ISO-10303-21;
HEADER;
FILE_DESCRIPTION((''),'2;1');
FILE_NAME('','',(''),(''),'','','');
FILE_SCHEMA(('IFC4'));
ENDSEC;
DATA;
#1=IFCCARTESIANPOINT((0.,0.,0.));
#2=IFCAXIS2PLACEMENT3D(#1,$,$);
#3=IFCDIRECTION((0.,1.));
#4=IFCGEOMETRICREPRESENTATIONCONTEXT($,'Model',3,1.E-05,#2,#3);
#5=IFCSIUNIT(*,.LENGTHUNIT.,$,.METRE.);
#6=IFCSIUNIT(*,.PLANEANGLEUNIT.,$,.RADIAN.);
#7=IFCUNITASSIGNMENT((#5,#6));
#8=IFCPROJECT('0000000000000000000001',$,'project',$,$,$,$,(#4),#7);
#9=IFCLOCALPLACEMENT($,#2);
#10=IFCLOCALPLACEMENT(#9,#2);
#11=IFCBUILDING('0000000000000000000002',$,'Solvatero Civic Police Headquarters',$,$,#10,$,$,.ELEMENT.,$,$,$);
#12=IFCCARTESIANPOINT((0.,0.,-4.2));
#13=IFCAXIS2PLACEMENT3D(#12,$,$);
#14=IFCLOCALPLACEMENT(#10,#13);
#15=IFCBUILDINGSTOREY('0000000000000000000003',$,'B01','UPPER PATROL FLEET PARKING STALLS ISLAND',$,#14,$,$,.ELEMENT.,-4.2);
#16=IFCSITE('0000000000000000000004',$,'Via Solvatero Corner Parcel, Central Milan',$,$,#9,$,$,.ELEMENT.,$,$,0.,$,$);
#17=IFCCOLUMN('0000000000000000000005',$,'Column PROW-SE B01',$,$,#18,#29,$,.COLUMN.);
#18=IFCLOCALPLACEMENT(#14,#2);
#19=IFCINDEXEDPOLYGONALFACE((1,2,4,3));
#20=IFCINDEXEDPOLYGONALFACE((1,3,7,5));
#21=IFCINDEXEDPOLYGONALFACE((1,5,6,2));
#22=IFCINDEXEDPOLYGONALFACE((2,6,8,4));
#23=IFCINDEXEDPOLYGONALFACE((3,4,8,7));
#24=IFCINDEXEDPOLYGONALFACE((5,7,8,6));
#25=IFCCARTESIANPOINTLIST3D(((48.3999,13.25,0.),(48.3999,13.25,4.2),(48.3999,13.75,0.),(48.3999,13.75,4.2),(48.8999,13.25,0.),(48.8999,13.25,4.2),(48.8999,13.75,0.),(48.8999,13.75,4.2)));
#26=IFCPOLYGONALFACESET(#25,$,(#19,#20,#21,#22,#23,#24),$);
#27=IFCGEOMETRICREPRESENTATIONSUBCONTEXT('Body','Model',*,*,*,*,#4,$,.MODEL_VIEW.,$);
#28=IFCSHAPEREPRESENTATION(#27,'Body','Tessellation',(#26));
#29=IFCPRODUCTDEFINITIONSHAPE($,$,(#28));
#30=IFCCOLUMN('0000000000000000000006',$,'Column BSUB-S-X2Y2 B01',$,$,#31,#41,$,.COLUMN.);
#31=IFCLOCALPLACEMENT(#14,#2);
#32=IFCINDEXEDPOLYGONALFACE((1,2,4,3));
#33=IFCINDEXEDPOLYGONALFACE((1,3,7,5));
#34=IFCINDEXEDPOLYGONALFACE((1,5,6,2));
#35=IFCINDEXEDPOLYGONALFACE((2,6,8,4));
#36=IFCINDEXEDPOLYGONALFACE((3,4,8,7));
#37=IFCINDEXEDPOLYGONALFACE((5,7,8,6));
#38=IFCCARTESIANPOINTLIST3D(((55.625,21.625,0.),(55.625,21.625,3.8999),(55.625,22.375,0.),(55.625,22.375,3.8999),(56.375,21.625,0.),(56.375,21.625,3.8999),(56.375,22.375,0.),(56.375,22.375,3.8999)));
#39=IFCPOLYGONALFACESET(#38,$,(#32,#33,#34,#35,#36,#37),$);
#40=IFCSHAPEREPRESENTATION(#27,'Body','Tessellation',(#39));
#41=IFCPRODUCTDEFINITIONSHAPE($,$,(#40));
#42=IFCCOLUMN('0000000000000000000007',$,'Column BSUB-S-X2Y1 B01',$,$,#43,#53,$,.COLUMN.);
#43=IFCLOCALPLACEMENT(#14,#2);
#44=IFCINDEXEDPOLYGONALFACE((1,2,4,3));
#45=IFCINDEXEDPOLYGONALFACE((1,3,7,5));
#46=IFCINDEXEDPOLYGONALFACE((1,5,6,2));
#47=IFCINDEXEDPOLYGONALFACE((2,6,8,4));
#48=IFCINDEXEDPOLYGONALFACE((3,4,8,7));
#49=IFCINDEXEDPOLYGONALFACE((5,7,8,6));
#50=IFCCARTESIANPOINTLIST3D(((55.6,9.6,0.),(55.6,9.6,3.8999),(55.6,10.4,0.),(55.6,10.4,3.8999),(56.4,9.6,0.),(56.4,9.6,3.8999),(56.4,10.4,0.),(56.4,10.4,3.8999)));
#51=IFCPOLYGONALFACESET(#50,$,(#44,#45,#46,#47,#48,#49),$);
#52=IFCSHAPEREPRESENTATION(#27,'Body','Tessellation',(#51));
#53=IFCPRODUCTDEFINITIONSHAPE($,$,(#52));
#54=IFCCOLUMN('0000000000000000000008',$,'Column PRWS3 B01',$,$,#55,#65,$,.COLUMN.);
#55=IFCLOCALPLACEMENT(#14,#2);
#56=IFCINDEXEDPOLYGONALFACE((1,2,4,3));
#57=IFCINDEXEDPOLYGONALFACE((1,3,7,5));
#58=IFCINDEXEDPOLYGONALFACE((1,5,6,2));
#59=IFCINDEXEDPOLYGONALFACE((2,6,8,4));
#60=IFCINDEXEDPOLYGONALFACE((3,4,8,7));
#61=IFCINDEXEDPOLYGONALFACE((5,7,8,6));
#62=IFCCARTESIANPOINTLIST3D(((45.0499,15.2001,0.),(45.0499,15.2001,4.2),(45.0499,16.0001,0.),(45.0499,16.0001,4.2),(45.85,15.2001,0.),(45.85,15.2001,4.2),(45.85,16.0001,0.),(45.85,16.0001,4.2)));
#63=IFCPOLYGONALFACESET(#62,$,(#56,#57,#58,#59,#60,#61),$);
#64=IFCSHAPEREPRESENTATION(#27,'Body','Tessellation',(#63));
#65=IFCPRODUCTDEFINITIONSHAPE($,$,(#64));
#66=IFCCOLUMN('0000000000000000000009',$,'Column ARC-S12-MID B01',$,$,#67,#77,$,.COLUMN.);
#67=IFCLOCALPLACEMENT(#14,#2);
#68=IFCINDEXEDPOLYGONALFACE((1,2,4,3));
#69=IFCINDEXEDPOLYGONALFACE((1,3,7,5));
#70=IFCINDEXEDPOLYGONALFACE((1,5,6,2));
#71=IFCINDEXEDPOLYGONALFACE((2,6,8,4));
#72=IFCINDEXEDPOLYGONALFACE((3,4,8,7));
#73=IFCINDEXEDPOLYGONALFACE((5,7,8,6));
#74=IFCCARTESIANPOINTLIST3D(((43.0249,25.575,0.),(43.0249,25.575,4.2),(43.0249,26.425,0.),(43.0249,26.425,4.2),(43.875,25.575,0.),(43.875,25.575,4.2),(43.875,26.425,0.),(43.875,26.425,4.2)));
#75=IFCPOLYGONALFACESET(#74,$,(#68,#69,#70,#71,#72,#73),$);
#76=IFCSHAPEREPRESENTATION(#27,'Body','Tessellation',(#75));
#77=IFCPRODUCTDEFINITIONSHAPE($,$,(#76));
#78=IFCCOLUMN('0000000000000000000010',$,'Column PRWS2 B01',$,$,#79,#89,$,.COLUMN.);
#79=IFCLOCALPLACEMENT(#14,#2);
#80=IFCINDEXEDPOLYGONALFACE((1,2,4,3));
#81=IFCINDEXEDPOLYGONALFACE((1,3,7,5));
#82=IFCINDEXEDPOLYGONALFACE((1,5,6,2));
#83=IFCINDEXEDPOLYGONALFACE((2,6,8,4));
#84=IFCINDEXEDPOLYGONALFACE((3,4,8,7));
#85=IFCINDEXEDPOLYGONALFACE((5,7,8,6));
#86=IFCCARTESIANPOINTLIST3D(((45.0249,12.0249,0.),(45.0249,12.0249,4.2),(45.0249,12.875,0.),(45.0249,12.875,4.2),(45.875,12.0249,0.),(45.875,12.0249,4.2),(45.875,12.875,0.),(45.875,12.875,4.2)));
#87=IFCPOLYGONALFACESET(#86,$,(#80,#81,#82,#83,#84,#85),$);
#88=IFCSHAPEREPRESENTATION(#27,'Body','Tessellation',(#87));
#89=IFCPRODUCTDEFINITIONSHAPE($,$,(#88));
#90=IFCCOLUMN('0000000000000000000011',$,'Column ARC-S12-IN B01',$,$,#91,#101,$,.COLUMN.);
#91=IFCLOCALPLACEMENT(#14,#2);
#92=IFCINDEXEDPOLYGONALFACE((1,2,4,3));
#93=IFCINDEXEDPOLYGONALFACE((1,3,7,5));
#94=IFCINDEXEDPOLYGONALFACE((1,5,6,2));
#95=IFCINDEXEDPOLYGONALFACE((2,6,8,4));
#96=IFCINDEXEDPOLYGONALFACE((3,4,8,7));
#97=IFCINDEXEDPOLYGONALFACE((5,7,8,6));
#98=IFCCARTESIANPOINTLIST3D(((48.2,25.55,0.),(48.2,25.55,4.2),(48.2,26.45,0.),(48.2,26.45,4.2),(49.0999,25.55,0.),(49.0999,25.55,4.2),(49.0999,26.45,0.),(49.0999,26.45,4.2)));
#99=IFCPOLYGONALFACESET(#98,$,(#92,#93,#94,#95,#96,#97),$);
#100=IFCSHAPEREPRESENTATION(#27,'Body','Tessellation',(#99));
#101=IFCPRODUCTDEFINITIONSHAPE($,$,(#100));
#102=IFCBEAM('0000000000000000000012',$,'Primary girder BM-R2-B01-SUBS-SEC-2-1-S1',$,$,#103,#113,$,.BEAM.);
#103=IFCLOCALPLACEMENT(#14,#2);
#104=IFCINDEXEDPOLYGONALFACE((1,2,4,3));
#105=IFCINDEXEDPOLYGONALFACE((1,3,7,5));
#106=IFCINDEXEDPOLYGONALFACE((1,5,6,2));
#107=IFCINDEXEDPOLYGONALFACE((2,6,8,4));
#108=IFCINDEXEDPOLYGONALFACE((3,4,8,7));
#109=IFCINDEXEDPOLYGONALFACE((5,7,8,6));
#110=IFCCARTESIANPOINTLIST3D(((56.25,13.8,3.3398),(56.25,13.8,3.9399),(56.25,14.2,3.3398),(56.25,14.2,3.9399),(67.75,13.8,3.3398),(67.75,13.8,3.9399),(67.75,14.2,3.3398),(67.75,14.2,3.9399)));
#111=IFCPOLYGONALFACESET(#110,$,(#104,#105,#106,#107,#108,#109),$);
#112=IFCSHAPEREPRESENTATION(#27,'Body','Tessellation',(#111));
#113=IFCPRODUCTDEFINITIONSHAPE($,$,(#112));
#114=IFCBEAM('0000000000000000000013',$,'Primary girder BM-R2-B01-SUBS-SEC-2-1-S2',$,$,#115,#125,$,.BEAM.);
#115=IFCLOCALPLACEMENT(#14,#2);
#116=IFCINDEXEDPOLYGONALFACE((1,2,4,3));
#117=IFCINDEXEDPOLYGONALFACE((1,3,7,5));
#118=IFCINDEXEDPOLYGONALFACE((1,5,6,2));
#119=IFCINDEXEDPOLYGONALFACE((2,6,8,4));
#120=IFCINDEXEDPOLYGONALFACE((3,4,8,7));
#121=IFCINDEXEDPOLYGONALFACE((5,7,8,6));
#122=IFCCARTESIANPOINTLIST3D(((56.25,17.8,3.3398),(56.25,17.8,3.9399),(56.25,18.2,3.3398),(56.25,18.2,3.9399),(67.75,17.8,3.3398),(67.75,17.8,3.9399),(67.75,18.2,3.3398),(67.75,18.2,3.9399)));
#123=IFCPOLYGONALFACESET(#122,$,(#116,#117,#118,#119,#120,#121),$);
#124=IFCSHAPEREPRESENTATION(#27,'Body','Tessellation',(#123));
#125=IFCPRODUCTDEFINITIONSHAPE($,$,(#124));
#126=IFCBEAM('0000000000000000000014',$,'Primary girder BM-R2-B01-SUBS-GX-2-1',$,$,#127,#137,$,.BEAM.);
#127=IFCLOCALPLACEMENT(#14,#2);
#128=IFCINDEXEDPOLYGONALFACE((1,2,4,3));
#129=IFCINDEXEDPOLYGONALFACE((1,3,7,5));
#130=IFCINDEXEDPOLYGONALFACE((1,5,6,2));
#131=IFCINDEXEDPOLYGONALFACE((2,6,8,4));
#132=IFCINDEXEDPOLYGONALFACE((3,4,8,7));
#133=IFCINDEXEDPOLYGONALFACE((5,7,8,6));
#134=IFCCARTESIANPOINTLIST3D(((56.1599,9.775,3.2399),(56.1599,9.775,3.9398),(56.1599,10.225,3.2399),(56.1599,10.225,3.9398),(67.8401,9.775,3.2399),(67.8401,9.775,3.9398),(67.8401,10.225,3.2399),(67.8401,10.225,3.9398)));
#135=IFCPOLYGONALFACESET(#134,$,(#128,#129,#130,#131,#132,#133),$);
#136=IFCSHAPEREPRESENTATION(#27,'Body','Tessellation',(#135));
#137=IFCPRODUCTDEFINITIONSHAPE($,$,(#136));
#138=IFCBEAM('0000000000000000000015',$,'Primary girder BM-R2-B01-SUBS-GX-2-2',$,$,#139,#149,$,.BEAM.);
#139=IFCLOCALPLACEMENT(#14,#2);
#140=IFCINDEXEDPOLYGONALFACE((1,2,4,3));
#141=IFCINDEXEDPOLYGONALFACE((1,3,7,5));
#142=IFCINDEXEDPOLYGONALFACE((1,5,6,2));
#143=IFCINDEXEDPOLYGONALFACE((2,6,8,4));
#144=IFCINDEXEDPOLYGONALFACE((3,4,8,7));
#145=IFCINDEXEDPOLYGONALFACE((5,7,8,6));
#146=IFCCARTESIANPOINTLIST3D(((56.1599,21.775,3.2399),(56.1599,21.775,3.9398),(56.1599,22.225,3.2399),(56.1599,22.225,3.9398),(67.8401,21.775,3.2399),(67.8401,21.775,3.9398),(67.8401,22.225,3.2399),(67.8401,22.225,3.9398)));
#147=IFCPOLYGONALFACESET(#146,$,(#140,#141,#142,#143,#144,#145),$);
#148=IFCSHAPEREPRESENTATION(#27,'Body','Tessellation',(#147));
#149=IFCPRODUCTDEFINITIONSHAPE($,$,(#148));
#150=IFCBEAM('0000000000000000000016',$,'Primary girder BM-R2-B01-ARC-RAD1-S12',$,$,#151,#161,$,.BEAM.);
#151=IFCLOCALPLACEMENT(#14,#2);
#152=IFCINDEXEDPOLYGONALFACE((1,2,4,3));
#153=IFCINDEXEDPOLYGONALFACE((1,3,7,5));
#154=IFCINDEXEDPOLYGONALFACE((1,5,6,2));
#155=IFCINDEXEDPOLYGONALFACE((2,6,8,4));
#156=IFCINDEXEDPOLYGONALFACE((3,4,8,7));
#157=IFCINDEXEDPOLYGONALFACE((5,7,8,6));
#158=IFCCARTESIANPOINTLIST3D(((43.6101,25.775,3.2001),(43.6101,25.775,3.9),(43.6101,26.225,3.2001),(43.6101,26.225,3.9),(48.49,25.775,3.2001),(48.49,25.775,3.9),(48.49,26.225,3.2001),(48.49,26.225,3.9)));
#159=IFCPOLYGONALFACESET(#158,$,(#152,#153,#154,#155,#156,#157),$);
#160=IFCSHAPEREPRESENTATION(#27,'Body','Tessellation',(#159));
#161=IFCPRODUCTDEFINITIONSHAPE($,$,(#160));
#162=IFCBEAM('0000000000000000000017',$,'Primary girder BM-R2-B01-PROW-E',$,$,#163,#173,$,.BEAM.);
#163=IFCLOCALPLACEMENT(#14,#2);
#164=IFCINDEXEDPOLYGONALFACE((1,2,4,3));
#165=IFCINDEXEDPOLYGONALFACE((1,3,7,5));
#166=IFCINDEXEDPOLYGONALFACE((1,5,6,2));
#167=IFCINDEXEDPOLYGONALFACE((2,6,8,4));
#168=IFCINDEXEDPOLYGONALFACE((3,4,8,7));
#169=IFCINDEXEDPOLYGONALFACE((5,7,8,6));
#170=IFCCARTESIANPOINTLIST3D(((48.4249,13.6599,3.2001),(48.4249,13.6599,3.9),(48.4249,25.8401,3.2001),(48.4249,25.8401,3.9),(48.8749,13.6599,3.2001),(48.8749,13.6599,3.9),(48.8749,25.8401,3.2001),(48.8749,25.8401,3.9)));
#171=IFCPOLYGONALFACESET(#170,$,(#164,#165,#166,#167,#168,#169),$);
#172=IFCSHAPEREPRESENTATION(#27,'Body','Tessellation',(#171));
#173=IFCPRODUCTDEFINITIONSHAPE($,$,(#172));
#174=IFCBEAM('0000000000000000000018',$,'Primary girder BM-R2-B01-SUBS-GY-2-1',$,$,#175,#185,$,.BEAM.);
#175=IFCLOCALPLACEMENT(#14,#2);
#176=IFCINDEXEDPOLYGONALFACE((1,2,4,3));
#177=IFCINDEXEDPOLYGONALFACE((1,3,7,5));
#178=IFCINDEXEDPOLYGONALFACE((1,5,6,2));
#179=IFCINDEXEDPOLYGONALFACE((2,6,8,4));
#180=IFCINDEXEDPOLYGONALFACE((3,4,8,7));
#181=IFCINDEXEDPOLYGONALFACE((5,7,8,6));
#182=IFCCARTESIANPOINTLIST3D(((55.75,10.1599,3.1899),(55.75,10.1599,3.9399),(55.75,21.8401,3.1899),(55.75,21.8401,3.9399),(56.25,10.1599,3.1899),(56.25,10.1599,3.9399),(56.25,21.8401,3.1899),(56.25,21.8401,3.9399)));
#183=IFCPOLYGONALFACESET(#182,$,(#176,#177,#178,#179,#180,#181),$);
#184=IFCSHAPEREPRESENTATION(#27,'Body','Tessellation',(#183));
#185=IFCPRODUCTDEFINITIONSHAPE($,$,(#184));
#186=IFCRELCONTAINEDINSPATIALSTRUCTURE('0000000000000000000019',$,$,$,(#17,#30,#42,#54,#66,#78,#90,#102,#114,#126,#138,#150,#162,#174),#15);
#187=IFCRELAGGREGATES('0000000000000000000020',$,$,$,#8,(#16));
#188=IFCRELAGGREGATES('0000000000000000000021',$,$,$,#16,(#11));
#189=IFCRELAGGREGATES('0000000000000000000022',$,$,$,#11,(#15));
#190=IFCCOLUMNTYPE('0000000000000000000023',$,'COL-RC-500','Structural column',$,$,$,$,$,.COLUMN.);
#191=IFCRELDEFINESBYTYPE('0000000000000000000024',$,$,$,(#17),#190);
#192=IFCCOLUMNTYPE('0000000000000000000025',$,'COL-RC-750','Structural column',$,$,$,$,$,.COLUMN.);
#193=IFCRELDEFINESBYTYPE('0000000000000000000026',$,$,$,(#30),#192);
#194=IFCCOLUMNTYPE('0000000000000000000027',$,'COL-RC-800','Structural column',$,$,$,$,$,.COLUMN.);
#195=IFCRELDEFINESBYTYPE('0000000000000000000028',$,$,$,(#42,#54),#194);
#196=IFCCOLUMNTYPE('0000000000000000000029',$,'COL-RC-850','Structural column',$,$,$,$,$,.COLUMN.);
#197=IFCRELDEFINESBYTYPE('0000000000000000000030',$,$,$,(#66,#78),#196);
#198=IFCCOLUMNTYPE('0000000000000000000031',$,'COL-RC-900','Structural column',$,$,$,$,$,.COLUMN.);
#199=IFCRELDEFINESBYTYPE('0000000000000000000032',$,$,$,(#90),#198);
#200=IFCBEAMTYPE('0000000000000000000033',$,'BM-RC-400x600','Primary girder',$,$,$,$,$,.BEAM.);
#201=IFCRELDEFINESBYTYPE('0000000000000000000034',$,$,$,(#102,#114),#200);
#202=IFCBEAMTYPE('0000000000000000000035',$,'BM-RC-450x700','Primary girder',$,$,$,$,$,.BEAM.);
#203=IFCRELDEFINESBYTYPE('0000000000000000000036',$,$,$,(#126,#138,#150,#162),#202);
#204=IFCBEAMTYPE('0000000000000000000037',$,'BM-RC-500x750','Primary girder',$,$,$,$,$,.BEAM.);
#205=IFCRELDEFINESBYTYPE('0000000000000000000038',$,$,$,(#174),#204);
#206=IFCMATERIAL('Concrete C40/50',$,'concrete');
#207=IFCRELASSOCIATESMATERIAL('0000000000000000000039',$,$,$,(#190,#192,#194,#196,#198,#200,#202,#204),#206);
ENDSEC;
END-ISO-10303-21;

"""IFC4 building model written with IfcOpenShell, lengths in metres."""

from ifc_helpers import new_model, si_unit, direction, frame, origin, origin_2d, place, context, subcontext, project, spatial, rectangle, extrude, material, material_profile, profile_set, type_object, element, save


model = new_model("IFC4")

# Units and contexts
model_context = context("Model", 3, precision=1e-05, world=origin(), true_north=direction((0.0, 1.0)))
body_context = subcontext(model_context, "Body", "Model", "MODEL_VIEW")
ifc_project = project(units=[si_unit("LENGTHUNIT", "METRE"), si_unit("PLANEANGLEUNIT", "RADIAN")], contexts=[model_context])

# Site, building, storey
site_placement = place(None, origin())
site = spatial("IfcSite", under=ifc_project, at=site_placement, Name="Via Solvatero Corner Parcel, Central Milan", CompositionType="ELEMENT", RefElevation=0.0)
building_placement = place(site_placement, origin())
building = spatial("IfcBuilding", under=site, at=building_placement, Name="Solvatero Civic Police Headquarters", CompositionType="ELEMENT")
storey_placement = place(building_placement, frame((0.0, 0.0, -4.2)))
storey = spatial("IfcBuildingStorey", under=building, at=storey_placement, Name="B01", Description="UPPER PATROL FLEET PARKING STALLS ISLAND", CompositionType="ELEMENT", Elevation=-4.2)

# Columns
ifc_material_1 = material(Name="Concrete C40/50", Category="concrete")
ifc_material_profile_1 = material_profile(ifc_material_1, rectangle(XDim=0.5, YDim=0.5, at=origin_2d()), Name="RC 500x500")
ifc_profile_set_1 = profile_set([ifc_material_profile_1], Name="Concrete C40/50")
column_type_1 = type_object("IfcColumnType", Name="COL-RC-500", Description="Structural column", PredefinedType="COLUMN", material=ifc_profile_set_1)
column_1_placement = place(storey_placement, frame((48.6499, 13.5, 0.0), z_axis=(0.0, 0.0, 1.0), x_axis=(1.0, 0.0, 0.0)))
element("IfcColumn", 1, at=column_1_placement, inside=storey, type_object=column_type_1, Name="Column PROW-SE B01", PredefinedType="COLUMN", context=body_context, shape_type="SweptSolid", body=[
    extrude(rectangle(XDim=0.5, YDim=0.5, at=origin_2d()), origin(), (0.0, 0.0, 1.0), 4.2),
])
ifc_material_profile_2 = material_profile(ifc_material_1, rectangle(XDim=0.75, YDim=0.75, at=origin_2d()), Name="RC 750x750")
ifc_profile_set_2 = profile_set([ifc_material_profile_2], Name="Concrete C40/50")
column_type_2 = type_object("IfcColumnType", Name="COL-RC-750", Description="Structural column", PredefinedType="COLUMN", material=ifc_profile_set_2)
column_2_placement = place(storey_placement, frame((56.0, 22.0, 0.0), z_axis=(0.0, 0.0, 1.0), x_axis=(1.0, 0.0, 0.0)))
element("IfcColumn", 2, at=column_2_placement, inside=storey, type_object=column_type_2, Name="Column BSUB-S-X2Y2 B01", PredefinedType="COLUMN", context=body_context, shape_type="SweptSolid", body=[
    extrude(rectangle(XDim=0.75, YDim=0.75, at=origin_2d()), origin(), (0.0, 0.0, 1.0), 3.8999),
])
ifc_material_profile_3 = material_profile(ifc_material_1, rectangle(XDim=0.8, YDim=0.8, at=origin_2d()), Name="RC 800x800")
ifc_profile_set_3 = profile_set([ifc_material_profile_3], Name="Concrete C40/50")
column_type_3 = type_object("IfcColumnType", Name="COL-RC-800", Description="Structural column", PredefinedType="COLUMN", material=ifc_profile_set_3)
column_3_placement = place(storey_placement, frame((56.0, 10.0, 0.0), z_axis=(0.0, 0.0, 1.0), x_axis=(1.0, 0.0, 0.0)))
element("IfcColumn", 3, at=column_3_placement, inside=storey, type_object=column_type_3, Name="Column BSUB-S-X2Y1 B01", PredefinedType="COLUMN", context=body_context, shape_type="SweptSolid", body=[
    extrude(rectangle(XDim=0.8, YDim=0.8, at=origin_2d()), origin(), (0.0, 0.0, 1.0), 3.8999),
])
column_4_placement = place(storey_placement, frame((45.45, 15.6001, 0.0), z_axis=(0.0, 0.0, 1.0), x_axis=(1.0, 0.0, 0.0)))
element("IfcColumn", 4, at=column_4_placement, inside=storey, type_object=column_type_3, Name="Column PRWS3 B01", PredefinedType="COLUMN", context=body_context, shape_type="SweptSolid", body=[
    extrude(rectangle(XDim=0.8, YDim=0.8, at=origin_2d()), origin(), (0.0, 0.0, 1.0), 4.2),
])
ifc_material_profile_4 = material_profile(ifc_material_1, rectangle(XDim=0.8501, YDim=0.8501, at=origin_2d()), Name="RC 850x850")
ifc_profile_set_4 = profile_set([ifc_material_profile_4], Name="Concrete C40/50")
column_type_4 = type_object("IfcColumnType", Name="COL-RC-850", Description="Structural column", PredefinedType="COLUMN", material=ifc_profile_set_4)
for number, where, z_axis, x_axis, name in (
    (5, (43.45, 26.0, 0.0), (0.0, 0.0, 1.0), (0.0, 1.0, 0.0), "Column ARC-S12-MID B01"),
    (6, (45.45, 12.45, 0.0), (0.0, 0.0, 1.0), (1.0, 0.0, 0.0), "Column PRWS2 B01"),
):
    element("IfcColumn", number, at=place(storey_placement, frame(where, z_axis=z_axis, x_axis=x_axis)), inside=storey, type_object=column_type_4, Name=name, PredefinedType="COLUMN", context=body_context, shape_type="SweptSolid", body=[
        extrude(rectangle(XDim=0.8501, YDim=0.8501, at=origin_2d()), origin(), (0.0, 0.0, 1.0), 4.2),
    ])
ifc_material_profile_5 = material_profile(ifc_material_1, rectangle(XDim=0.8999, YDim=0.8999, at=origin_2d()), Name="RC 900x900")
ifc_profile_set_5 = profile_set([ifc_material_profile_5], Name="Concrete C40/50")
column_type_5 = type_object("IfcColumnType", Name="COL-RC-900", Description="Structural column", PredefinedType="COLUMN", material=ifc_profile_set_5)
column_5_placement = place(storey_placement, frame((48.6499, 26.0, 0.0), z_axis=(0.0, 0.0, 1.0), x_axis=(0.0, 1.0, 0.0)))
element("IfcColumn", 7, at=column_5_placement, inside=storey, type_object=column_type_5, Name="Column ARC-S12-IN B01", PredefinedType="COLUMN", context=body_context, shape_type="SweptSolid", body=[
    extrude(rectangle(XDim=0.8999, YDim=0.8999, at=origin_2d()), origin(), (0.0, 0.0, 1.0), 4.2),
])

# Beams
ifc_material_profile_6 = material_profile(ifc_material_1, rectangle(XDim=0.3999, YDim=0.6001, at=origin_2d()), Name="RC 400x600")
ifc_profile_set_6 = profile_set([ifc_material_profile_6], Name="Concrete C40/50")
beam_type_1 = type_object("IfcBeamType", Name="BM-RC-400x600", Description="Primary girder", PredefinedType="BEAM", material=ifc_profile_set_6)
for number, where, z_axis, x_axis, name in (
    (8, (56.25, 14.0, 3.6399), (1.0, 0.0, 0.0), (0.0, 1.0, 0.0), "Primary girder BM-R2-B01-SUBS-SEC-2-1-S1"),
    (9, (56.25, 18.0, 3.6399), (1.0, 0.0, 0.0), (0.0, 1.0, 0.0), "Primary girder BM-R2-B01-SUBS-SEC-2-1-S2"),
):
    element("IfcBeam", number, at=place(storey_placement, frame(where, z_axis=z_axis, x_axis=x_axis)), inside=storey, type_object=beam_type_1, Name=name, PredefinedType="BEAM", context=body_context, shape_type="SweptSolid", body=[
        extrude(rectangle(XDim=0.3999, YDim=0.6001, at=origin_2d()), origin(), (0.0, 0.0, 1.0), 11.5),
    ])
ifc_material_profile_7 = material_profile(ifc_material_1, rectangle(XDim=0.45, YDim=0.7, at=origin_2d()), Name="RC 450x700")
ifc_profile_set_7 = profile_set([ifc_material_profile_7], Name="Concrete C40/50")
beam_type_2 = type_object("IfcBeamType", Name="BM-RC-450x700", Description="Primary girder", PredefinedType="BEAM", material=ifc_profile_set_7)
for number, where, z_axis, x_axis, name in (
    (10, (56.1599, 10.0, 3.5898), (1.0, 0.0, 0.0), (0.0, 1.0, 0.0), "Primary girder BM-R2-B01-SUBS-GX-2-1"),
    (11, (56.1599, 22.0, 3.5898), (1.0, 0.0, 0.0), (0.0, 1.0, 0.0), "Primary girder BM-R2-B01-SUBS-GX-2-2"),
):
    element("IfcBeam", number, at=place(storey_placement, frame(where, z_axis=z_axis, x_axis=x_axis)), inside=storey, type_object=beam_type_2, Name=name, PredefinedType="BEAM", context=body_context, shape_type="SweptSolid", body=[
        extrude(rectangle(XDim=0.45, YDim=0.7, at=origin_2d()), origin(), (0.0, 0.0, 1.0), 11.6802),
    ])
beam_1_placement = place(storey_placement, frame((48.49, 26.0, 3.55), z_axis=(-1.0, 0.0, 0.0), x_axis=(0.0, -1.0, 0.0)))
element("IfcBeam", 12, at=beam_1_placement, inside=storey, type_object=beam_type_2, Name="Primary girder BM-R2-B01-ARC-RAD1-S12", PredefinedType="BEAM", context=body_context, shape_type="SweptSolid", body=[
    extrude(rectangle(XDim=0.45, YDim=0.7, at=origin_2d()), origin(), (0.0, 0.0, 1.0), 4.8799),
])
beam_2_placement = place(storey_placement, frame((48.6499, 13.6599, 3.55), z_axis=(0.0, 1.0, 0.0), x_axis=(-1.0, 0.0, 0.0)))
element("IfcBeam", 13, at=beam_2_placement, inside=storey, type_object=beam_type_2, Name="Primary girder BM-R2-B01-PROW-E", PredefinedType="BEAM", context=body_context, shape_type="SweptSolid", body=[
    extrude(rectangle(XDim=0.45, YDim=0.7, at=origin_2d()), origin(), (0.0, 0.0, 1.0), 12.1802),
])
ifc_material_profile_8 = material_profile(ifc_material_1, rectangle(XDim=0.5, YDim=0.75, at=origin_2d()), Name="RC 500x750")
ifc_profile_set_8 = profile_set([ifc_material_profile_8], Name="Concrete C40/50")
beam_type_3 = type_object("IfcBeamType", Name="BM-RC-500x750", Description="Primary girder", PredefinedType="BEAM", material=ifc_profile_set_8)
beam_3_placement = place(storey_placement, frame((56.0, 10.1599, 3.5649), z_axis=(0.0, 1.0, 0.0), x_axis=(-1.0, 0.0, 0.0)))
element("IfcBeam", 14, at=beam_3_placement, inside=storey, type_object=beam_type_3, Name="Primary girder BM-R2-B01-SUBS-GY-2-1", PredefinedType="BEAM", context=body_context, shape_type="SweptSolid", body=[
    extrude(rectangle(XDim=0.5, YDim=0.75, at=origin_2d()), origin(), (0.0, 0.0, 1.0), 11.6802),
])

save(model, "model.ifc")
